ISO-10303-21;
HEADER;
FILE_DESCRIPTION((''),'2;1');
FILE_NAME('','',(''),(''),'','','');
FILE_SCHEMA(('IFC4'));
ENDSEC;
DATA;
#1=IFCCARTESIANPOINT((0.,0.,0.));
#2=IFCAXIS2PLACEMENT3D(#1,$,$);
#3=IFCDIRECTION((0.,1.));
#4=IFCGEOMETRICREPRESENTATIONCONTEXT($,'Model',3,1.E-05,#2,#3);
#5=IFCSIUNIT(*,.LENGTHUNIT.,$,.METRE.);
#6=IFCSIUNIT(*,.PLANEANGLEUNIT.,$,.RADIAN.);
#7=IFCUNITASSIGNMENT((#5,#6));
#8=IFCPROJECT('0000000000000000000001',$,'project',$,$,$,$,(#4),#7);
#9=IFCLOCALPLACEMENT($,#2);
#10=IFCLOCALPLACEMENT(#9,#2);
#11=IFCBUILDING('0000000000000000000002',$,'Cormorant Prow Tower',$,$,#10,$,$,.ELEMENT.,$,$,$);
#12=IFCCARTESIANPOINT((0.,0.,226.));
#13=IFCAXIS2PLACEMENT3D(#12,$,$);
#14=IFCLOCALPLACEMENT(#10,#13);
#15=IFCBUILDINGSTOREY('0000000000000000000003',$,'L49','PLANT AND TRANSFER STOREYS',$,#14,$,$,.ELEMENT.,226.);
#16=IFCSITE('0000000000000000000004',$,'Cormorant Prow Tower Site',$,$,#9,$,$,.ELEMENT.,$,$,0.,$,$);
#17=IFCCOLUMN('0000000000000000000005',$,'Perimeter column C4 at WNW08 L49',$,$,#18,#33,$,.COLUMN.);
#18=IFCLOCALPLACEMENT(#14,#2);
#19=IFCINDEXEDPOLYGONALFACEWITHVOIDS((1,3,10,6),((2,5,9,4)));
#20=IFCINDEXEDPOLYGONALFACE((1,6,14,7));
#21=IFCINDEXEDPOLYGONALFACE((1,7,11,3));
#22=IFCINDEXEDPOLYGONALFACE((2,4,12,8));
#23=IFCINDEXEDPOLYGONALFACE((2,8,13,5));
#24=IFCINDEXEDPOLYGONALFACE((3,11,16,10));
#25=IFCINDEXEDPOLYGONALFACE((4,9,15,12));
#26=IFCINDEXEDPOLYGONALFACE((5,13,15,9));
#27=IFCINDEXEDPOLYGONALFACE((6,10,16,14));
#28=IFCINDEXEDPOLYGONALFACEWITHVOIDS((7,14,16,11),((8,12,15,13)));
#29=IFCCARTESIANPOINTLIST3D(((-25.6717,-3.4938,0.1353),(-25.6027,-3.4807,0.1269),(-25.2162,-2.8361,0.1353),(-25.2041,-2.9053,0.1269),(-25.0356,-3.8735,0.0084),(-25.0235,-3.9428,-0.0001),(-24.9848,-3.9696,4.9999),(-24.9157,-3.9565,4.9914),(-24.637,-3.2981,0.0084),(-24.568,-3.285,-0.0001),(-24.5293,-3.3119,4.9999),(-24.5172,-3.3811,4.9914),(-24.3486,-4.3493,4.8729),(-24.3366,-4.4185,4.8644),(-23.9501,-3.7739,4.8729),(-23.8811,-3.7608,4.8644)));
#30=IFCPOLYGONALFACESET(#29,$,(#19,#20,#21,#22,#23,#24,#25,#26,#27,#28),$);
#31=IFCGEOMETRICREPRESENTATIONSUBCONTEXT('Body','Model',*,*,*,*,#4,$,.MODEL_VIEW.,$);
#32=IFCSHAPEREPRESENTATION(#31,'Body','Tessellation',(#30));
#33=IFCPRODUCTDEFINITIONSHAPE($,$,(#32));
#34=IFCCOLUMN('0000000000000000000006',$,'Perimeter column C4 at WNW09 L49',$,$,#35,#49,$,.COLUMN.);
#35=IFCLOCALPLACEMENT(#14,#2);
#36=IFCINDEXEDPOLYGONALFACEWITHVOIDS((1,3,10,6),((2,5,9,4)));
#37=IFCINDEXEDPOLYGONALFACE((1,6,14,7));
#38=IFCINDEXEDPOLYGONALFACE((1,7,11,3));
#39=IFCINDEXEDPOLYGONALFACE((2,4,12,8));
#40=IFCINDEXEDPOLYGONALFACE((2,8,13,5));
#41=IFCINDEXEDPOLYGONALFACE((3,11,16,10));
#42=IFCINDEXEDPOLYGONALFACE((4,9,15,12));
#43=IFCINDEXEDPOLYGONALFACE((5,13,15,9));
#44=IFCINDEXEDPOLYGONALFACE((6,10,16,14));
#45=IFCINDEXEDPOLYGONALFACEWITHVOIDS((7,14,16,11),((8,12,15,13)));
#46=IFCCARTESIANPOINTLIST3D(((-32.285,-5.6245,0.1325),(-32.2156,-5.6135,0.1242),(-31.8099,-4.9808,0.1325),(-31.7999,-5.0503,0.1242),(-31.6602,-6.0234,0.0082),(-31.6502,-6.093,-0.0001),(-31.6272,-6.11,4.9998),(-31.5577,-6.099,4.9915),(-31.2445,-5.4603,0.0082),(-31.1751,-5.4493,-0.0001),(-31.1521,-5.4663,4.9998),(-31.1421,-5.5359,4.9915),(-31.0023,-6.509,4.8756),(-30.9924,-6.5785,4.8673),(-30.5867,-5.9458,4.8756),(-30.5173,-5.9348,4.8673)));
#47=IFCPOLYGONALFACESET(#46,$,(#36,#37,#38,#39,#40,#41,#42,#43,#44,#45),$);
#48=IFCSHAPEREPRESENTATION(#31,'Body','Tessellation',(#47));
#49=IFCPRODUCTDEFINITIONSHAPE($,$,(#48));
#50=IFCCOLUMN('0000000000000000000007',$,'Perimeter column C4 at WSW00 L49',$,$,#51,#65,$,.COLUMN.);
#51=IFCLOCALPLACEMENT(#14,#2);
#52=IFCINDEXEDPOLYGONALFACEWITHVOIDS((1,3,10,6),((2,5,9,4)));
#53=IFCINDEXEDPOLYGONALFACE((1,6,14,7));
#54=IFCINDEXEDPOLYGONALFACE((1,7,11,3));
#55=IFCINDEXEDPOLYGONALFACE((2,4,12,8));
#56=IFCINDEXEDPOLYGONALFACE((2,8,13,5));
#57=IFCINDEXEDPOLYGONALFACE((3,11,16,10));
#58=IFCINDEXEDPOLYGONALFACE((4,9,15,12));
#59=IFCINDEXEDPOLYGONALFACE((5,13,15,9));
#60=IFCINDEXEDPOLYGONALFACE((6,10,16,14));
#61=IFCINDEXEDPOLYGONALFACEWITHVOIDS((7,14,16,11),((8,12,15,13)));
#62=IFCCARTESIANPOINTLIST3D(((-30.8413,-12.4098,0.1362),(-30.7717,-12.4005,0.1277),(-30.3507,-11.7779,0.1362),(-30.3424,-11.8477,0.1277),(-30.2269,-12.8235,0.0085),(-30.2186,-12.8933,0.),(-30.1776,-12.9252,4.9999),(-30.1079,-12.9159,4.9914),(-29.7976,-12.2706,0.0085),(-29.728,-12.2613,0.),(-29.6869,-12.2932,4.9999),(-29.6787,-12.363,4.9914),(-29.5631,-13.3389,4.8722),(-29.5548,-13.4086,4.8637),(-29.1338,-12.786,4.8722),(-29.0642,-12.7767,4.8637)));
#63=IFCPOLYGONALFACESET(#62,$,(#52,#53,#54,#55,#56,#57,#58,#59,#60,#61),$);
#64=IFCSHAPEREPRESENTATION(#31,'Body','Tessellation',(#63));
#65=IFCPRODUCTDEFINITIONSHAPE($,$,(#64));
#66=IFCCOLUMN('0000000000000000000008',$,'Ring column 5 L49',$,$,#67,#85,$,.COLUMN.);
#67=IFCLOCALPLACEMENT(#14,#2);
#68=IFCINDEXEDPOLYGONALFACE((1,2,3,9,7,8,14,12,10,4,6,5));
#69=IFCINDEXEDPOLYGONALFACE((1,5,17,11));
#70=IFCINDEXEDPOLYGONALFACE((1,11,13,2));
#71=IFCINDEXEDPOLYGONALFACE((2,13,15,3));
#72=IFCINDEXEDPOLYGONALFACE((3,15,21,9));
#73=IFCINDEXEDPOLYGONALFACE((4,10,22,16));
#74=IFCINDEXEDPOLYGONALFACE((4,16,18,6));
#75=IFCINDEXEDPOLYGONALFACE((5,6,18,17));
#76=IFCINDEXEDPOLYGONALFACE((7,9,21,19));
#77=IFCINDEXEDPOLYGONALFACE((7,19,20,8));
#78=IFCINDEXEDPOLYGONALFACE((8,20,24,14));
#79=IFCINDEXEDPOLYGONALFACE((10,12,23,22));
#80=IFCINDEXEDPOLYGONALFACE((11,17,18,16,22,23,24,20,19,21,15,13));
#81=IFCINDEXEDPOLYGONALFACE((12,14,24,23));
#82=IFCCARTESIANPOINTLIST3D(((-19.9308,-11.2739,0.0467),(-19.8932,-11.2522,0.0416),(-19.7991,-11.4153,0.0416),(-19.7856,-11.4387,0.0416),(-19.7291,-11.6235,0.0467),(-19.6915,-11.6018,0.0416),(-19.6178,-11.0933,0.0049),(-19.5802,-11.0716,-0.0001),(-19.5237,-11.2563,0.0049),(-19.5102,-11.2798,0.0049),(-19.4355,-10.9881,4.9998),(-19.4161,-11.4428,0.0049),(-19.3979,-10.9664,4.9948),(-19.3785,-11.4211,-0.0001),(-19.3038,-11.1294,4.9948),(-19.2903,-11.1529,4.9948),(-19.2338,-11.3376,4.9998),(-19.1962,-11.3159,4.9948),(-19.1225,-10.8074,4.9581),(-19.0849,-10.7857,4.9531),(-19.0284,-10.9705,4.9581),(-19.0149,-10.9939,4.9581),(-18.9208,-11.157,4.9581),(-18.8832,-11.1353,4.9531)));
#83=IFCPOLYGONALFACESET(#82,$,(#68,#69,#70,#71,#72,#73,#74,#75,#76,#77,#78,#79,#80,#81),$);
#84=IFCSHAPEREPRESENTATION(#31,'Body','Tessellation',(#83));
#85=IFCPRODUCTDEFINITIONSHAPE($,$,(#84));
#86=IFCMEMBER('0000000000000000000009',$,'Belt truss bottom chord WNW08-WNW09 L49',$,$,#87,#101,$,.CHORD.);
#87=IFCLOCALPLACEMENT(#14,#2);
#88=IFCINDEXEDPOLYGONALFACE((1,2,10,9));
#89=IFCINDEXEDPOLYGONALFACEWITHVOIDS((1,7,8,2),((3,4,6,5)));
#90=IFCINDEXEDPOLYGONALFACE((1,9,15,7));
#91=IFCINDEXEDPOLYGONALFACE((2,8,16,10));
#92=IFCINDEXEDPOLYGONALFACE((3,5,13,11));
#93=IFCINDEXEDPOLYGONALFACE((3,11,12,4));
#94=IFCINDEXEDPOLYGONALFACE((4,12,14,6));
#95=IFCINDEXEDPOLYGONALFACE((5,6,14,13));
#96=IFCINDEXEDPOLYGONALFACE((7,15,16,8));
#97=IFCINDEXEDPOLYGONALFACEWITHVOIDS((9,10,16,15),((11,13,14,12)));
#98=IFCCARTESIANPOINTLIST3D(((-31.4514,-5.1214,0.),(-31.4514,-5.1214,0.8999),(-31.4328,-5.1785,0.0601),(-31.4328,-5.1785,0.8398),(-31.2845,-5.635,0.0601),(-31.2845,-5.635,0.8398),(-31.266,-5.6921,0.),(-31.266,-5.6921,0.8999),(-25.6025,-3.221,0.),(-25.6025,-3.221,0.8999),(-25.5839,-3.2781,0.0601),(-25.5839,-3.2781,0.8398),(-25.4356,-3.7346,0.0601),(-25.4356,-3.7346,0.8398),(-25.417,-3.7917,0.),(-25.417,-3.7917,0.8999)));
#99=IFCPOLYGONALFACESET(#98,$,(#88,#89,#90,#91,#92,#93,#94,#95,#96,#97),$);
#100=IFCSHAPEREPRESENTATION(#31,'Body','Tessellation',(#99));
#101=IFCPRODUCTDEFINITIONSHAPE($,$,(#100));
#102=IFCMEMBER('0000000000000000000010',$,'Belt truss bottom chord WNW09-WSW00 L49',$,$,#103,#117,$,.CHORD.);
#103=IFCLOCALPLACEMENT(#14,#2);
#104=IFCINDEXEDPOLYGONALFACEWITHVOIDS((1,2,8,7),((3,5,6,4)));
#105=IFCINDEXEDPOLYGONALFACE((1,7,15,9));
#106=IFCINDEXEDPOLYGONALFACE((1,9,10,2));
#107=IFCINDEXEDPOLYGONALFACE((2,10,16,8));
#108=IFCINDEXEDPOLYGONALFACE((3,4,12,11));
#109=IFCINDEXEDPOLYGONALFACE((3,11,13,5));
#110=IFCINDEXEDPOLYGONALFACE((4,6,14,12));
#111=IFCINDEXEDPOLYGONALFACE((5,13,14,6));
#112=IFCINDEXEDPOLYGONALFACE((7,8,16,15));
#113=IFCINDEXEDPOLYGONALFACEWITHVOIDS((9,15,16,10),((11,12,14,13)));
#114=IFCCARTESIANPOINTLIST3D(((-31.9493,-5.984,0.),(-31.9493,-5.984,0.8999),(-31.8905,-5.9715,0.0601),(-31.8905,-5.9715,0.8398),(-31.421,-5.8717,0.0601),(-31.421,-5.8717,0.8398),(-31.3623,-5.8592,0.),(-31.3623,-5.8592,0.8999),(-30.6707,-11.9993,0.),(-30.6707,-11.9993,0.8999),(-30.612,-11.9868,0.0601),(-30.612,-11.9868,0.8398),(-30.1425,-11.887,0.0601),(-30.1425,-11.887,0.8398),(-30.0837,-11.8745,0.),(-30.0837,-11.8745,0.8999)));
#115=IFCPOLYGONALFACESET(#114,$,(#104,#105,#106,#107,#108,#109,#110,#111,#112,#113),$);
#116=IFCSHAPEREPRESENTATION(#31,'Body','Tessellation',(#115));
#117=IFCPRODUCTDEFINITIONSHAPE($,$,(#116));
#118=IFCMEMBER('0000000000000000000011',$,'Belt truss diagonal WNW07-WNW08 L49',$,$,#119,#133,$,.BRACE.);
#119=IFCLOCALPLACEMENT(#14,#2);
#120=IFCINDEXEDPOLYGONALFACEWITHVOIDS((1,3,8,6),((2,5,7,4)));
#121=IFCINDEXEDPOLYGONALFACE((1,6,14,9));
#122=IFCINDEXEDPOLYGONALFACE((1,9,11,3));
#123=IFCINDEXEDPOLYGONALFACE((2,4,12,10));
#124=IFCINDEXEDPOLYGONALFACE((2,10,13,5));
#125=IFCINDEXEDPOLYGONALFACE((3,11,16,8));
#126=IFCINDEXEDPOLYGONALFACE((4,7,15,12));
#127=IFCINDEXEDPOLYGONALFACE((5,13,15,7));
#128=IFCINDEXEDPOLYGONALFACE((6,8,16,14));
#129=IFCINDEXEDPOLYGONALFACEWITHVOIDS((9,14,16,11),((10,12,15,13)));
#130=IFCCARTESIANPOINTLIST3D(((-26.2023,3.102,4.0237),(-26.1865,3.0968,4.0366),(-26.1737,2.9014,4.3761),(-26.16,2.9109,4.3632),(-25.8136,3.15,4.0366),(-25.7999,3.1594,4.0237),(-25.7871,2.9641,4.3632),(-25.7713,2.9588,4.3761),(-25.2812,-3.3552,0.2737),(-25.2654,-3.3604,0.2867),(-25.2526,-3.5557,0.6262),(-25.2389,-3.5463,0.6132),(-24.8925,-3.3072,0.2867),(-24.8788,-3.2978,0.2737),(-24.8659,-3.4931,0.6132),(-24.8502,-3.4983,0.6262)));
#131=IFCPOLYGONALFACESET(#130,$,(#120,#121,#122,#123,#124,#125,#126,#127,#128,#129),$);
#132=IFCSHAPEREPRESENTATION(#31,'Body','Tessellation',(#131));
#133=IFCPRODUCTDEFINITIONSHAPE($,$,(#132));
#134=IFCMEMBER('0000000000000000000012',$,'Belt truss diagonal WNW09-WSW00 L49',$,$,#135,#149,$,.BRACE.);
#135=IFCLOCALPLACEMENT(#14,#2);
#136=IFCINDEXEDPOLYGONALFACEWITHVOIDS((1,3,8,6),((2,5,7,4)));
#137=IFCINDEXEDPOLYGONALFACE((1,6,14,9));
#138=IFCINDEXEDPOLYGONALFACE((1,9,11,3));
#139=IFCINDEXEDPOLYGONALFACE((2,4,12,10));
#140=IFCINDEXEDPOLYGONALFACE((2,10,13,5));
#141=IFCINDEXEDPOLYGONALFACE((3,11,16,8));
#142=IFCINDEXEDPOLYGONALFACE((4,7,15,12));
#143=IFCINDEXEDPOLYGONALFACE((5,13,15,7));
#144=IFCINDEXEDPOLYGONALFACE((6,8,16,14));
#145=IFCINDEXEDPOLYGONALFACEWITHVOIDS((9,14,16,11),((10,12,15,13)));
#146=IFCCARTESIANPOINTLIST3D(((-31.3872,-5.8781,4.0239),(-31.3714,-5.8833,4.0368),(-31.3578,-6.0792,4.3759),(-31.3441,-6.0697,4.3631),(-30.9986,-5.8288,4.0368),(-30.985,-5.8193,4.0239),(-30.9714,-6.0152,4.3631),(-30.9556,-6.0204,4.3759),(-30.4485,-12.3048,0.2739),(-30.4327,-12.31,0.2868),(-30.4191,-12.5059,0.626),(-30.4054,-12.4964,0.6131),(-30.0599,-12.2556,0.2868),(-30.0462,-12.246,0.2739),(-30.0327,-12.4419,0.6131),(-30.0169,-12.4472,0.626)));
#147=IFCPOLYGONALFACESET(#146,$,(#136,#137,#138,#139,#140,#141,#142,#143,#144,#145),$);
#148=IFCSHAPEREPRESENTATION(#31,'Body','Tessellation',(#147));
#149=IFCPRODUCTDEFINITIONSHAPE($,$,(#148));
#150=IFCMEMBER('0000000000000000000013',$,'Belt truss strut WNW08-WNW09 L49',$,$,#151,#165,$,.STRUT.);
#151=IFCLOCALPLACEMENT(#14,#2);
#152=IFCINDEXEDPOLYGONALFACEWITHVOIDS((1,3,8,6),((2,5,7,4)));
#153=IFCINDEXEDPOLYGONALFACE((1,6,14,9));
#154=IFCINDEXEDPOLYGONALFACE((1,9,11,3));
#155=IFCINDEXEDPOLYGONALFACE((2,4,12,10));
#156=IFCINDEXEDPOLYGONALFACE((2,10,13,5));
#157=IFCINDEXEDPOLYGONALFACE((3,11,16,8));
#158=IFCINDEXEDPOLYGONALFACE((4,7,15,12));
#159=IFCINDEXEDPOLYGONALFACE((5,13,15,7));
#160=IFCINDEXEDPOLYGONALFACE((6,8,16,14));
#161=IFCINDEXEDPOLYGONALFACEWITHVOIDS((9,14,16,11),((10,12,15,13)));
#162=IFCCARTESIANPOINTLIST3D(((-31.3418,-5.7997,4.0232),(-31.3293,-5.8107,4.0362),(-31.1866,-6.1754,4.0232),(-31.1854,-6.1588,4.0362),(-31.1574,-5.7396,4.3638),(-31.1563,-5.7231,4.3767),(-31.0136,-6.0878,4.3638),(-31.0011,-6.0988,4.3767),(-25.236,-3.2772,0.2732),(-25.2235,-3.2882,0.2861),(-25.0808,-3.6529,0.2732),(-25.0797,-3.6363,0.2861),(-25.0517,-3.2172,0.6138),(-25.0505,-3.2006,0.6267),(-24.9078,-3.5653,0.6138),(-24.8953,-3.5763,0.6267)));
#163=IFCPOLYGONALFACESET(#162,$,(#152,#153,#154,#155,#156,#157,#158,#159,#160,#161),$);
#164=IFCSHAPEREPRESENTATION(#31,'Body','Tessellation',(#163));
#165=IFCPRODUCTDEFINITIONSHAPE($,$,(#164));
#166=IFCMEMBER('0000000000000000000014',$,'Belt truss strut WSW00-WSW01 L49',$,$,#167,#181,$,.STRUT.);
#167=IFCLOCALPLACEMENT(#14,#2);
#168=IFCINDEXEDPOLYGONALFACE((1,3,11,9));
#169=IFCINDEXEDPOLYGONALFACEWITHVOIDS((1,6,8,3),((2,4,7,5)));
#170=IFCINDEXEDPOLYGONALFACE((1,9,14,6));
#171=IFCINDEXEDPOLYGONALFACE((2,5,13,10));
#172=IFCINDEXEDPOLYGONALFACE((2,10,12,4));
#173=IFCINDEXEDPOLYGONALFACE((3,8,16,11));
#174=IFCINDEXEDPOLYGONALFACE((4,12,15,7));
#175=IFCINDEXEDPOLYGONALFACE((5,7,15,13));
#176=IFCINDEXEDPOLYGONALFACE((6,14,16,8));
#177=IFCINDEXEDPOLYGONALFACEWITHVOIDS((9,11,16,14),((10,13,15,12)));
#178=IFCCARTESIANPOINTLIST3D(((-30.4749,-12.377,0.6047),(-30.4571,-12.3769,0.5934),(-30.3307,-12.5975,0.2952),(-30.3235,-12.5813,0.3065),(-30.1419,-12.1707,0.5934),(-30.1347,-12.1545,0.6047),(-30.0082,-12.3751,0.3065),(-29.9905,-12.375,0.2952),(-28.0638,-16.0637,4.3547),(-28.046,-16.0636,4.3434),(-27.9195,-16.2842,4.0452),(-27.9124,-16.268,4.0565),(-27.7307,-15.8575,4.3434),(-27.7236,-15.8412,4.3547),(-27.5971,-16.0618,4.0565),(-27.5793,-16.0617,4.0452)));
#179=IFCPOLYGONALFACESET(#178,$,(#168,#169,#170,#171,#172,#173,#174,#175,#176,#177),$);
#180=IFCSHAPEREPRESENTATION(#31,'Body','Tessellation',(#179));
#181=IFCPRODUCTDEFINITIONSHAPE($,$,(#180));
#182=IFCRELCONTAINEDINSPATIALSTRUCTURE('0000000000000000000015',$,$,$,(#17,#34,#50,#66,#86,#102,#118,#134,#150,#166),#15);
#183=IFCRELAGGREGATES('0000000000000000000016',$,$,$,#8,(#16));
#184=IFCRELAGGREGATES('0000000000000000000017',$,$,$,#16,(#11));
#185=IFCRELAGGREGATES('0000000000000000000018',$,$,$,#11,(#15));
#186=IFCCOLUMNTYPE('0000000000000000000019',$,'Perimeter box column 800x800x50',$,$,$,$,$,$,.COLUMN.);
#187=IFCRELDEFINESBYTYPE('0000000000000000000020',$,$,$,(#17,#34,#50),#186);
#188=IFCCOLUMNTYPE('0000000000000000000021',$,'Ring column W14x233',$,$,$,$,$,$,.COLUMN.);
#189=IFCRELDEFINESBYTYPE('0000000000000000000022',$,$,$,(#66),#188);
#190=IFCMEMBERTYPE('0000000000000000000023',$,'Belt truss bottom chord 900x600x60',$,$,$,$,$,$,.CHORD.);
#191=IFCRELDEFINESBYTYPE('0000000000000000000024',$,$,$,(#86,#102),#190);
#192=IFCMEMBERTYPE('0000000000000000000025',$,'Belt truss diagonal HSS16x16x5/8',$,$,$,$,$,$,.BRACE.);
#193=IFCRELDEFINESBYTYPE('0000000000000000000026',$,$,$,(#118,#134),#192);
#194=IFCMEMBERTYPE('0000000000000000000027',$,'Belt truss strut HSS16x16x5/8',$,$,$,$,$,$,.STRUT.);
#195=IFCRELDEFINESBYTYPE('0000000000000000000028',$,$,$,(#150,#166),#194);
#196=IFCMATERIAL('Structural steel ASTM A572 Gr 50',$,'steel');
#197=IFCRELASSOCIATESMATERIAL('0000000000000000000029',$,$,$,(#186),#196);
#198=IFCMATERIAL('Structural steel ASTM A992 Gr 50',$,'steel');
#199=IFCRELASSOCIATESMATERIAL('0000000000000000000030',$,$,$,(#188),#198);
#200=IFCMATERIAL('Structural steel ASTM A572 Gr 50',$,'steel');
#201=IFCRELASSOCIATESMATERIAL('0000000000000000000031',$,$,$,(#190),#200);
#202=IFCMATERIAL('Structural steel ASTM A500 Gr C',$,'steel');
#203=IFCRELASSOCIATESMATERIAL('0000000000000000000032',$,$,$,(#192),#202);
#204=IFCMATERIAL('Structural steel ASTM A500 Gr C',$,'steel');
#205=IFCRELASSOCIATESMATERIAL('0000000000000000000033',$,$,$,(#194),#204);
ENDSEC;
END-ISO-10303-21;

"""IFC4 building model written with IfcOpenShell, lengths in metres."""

from ifc_helpers import new_model, si_unit, direction, frame, origin, origin_2d, place, context, subcontext, project, spatial, hollow_rectangle, i_section, extrude, material, material_profile, profile_set, type_object, element, save


model = new_model("IFC4")

# Units and contexts
model_context = context("Model", 3, precision=1e-05, world=origin(), true_north=direction((0.0, 1.0)))
body_context = subcontext(model_context, "Body", "Model", "MODEL_VIEW")
ifc_project = project(units=[si_unit("LENGTHUNIT", "METRE"), si_unit("PLANEANGLEUNIT", "RADIAN")], contexts=[model_context])

# Site, building, storey
site_placement = place(None, origin())
site = spatial("IfcSite", under=ifc_project, at=site_placement, Name="Cormorant Prow Tower Site", CompositionType="ELEMENT", RefElevation=0.0)
building_placement = place(site_placement, origin())
building = spatial("IfcBuilding", under=site, at=building_placement, Name="Cormorant Prow Tower", CompositionType="ELEMENT")
storey_placement = place(building_placement, frame((0.0, 0.0, 226.0)))
storey = spatial("IfcBuildingStorey", under=building, at=storey_placement, Name="L49", Description="PLANT AND TRANSFER STOREYS", CompositionType="ELEMENT", Elevation=226.0)

# Columns
ifc_material_1 = material(Name="Structural steel ASTM A572 Gr 50", Category="steel")
ifc_material_profile_1 = material_profile(ifc_material_1, hollow_rectangle(XDim=0.8, YDim=0.8, WallThickness=0.05, at=origin_2d()), Name="Box 800x800x50")
ifc_profile_set_1 = profile_set([ifc_material_profile_1], Name="Structural steel ASTM A572 Gr 50")
column_type_1 = type_object("IfcColumnType", Name="Perimeter box column 800x800x50", PredefinedType="COLUMN", material=ifc_profile_set_1)
column_1_placement = place(storey_placement, frame((-25.1294, -3.3828, 0.0), z_axis=(0.139173, -0.096391, 0.985566), x_axis=(0.569373, 0.82208, 0.0)))
element("IfcColumn", 1, at=column_1_placement, inside=storey, type_object=column_type_1, Name="Perimeter column C4 at WNW08 L49", PredefinedType="COLUMN", context=body_context, shape_type="SweptSolid", body=[
    extrude(hollow_rectangle(XDim=0.8, YDim=0.8, WallThickness=0.05, at=origin_2d()), frame((0.0, 0.0, 0.0686)), (0.0, 0.0, 1.0), 4.9358),
])
column_2_placement = place(storey_placement, frame((-31.739, -5.5303, 0.0), z_axis=(0.133289, -0.098377, 0.986183), x_axis=(0.593843, 0.804581, 0.0)))
element("IfcColumn", 2, at=column_2_placement, inside=storey, type_object=column_type_1, Name="Perimeter column C4 at WNW09 L49", PredefinedType="COLUMN", context=body_context, shape_type="SweptSolid", body=[
    extrude(hollow_rectangle(XDim=0.8, YDim=0.8, WallThickness=0.05, at=origin_2d()), frame((0.0, 0.0, 0.0671)), (0.0, 0.0, 1.0), 4.9355),
])
column_3_placement = place(storey_placement, frame((-30.2939, -12.3284, 0.0), z_axis=(0.134482, -0.10441, 0.9854), x_axis=(0.613256, 0.789885, 0.0)))
element("IfcColumn", 3, at=column_3_placement, inside=storey, type_object=column_type_1, Name="Perimeter column C4 at WSW00 L49", PredefinedType="COLUMN", context=body_context, shape_type="SweptSolid", body=[
    extrude(hollow_rectangle(XDim=0.8, YDim=0.8, WallThickness=0.05, at=origin_2d()), frame((0.0, 0.0, 0.0691)), (0.0, 0.0, 1.0), 4.9358),
])
ifc_material_2 = material(Name="Structural steel ASTM A992 Gr 50", Category="steel")
ifc_material_profile_2 = material_profile(ifc_material_2, i_section(OverallWidth=0.4036, OverallDepth=0.4075, WebThickness=0.0271, FlangeThickness=0.0437, at=origin_2d()), Name="W14x233")
ifc_profile_set_2 = profile_set([ifc_material_profile_2], Name="Structural steel ASTM A992 Gr 50")
column_type_2 = type_object("IfcColumnType", Name="Ring column W14x233", PredefinedType="COLUMN", material=ifc_profile_set_2)
column_4_placement = place(storey_placement, frame((-19.657, -11.3489, 0.0), z_axis=(0.09934, 0.057334, 0.9934), x_axis=(-0.499869, 0.866101, 0.0)))
element("IfcColumn", 4, at=column_4_placement, inside=storey, type_object=column_type_2, Name="Ring column 5 L49", PredefinedType="COLUMN", context=body_context, shape_type="SweptSolid", body=[
    extrude(i_section(OverallWidth=0.4036, OverallDepth=0.4075, WebThickness=0.0271, FlangeThickness=0.0437, at=origin_2d()), frame((0.0, 0.0, 0.0234)), (0.0, 0.0, 1.0), 4.9861),
])

# Members
ifc_material_3 = material(Name="Structural steel ASTM A572 Gr 50", Category="steel")
ifc_material_profile_3 = material_profile(ifc_material_3, hollow_rectangle(XDim=0.6001, YDim=0.8999, WallThickness=0.0601, at=origin_2d()), Name="Box 900x600x60")
ifc_profile_set_3 = profile_set([ifc_material_profile_3], Name="Structural steel ASTM A572 Gr 50")
member_type_1 = type_object("IfcMemberType", Name="Belt truss bottom chord 900x600x60", PredefinedType="CHORD", material=ifc_profile_set_3)
member_1_placement = place(storey_placement, frame((-25.5098, -3.5063, 0.45), z_axis=(-0.951058, -0.309013, 0.0), x_axis=(0.309013, -0.951058, 0.0)))
element("IfcMember", 5, at=member_1_placement, inside=storey, type_object=member_type_1, Name="Belt truss bottom chord WNW08-WNW09 L49", PredefinedType="CHORD", context=body_context, shape_type="SweptSolid", body=[
    extrude(hollow_rectangle(XDim=0.6001, YDim=0.8999, WallThickness=0.0601, at=origin_2d()), origin(), (0.0, 0.0, 1.0), 6.1499),
])
member_2_placement = place(storey_placement, frame((-31.6558, -5.9216, 0.45), z_axis=(0.207905, -0.978149, 0.0), x_axis=(0.978149, 0.207905, 0.0)))
element("IfcMember", 6, at=member_2_placement, inside=storey, type_object=member_type_1, Name="Belt truss bottom chord WNW09-WSW00 L49", PredefinedType="CHORD", context=body_context, shape_type="SweptSolid", body=[
    extrude(hollow_rectangle(XDim=0.6001, YDim=0.8999, WallThickness=0.0601, at=origin_2d()), origin(), (0.0, 0.0, 1.0), 6.1497),
])
ifc_material_4 = material(Name="Structural steel ASTM A500 Gr C", Category="steel")
ifc_material_profile_4 = material_profile(ifc_material_4, hollow_rectangle(XDim=0.4065, YDim=0.4065, WallThickness=0.0149, at=origin_2d()), Name="HSS16x16x5/8")
ifc_profile_set_4 = profile_set([ifc_material_profile_4], Name="Structural steel ASTM A500 Gr C")
member_type_2 = type_object("IfcMemberType", Name="Belt truss diagonal HSS16x16x5/8", PredefinedType="BRACE", material=ifc_profile_set_4)
member_3_placement = place(storey_placement, frame((-25.0657, -3.4268, 0.45), z_axis=(-0.122431, 0.858248, 0.498419), x_axis=(-0.989978, -0.141222, 0.0)))
element("IfcMember", 7, at=member_3_placement, inside=storey, type_object=member_type_2, Name="Belt truss diagonal WNW07-WNW08 L49", PredefinedType="BRACE", context=body_context, shape_type="SweptSolid", body=[
    extrude(hollow_rectangle(XDim=0.4065, YDim=0.4065, WallThickness=0.0149, at=origin_2d()), origin(), (0.0, 0.0, 1.0), 7.5237),
])
member_4_placement = place(storey_placement, frame((-30.2327, -12.376, 0.45), z_axis=(-0.125166, 0.856925, 0.500014), x_axis=(-0.9895, -0.144531, 0.0)))
element("IfcMember", 8, at=member_4_placement, inside=storey, type_object=member_type_2, Name="Belt truss diagonal WNW09-WSW00 L49", PredefinedType="BRACE", context=body_context, shape_type="SweptSolid", body=[
    extrude(hollow_rectangle(XDim=0.4065, YDim=0.4065, WallThickness=0.0149, at=origin_2d()), origin(), (0.0, 0.0, 1.0), 7.4998),
])
ifc_material_5 = material(Name="Structural steel ASTM A500 Gr C", Category="steel")
ifc_material_profile_5 = material_profile(ifc_material_5, hollow_rectangle(XDim=0.4065, YDim=0.4065, WallThickness=0.0149, at=origin_2d()), Name="HSS16x16x5/8")
ifc_profile_set_5 = profile_set([ifc_material_profile_5], Name="Structural steel ASTM A500 Gr C")
member_type_3 = type_object("IfcMemberType", Name="Belt truss strut HSS16x16x5/8", PredefinedType="STRUT", material=ifc_profile_set_5)
member_5_placement = place(storey_placement, frame((-25.0657, -3.4268, 0.45), z_axis=(-0.803766, -0.332061, 0.493656), x_axis=(0.381829, -0.924233, 0.0)))
element("IfcMember", 9, at=member_5_placement, inside=storey, type_object=member_type_3, Name="Belt truss strut WNW08-WNW09 L49", PredefinedType="STRUT", context=body_context, shape_type="SweptSolid", body=[
    extrude(hollow_rectangle(XDim=0.4065, YDim=0.4065, WallThickness=0.0149, at=origin_2d()), origin(), (0.0, 0.0, 1.0), 7.5964),
])
member_6_placement = place(storey_placement, frame((-30.2327, -12.376, 0.45), z_axis=(0.416777, -0.637278, 0.648208), x_axis=(0.836912, 0.547337, 0.0)))
element("IfcMember", 10, at=member_6_placement, inside=storey, type_object=member_type_3, Name="Belt truss strut WSW00-WSW01 L49", PredefinedType="STRUT", context=body_context, shape_type="SweptSolid", body=[
    extrude(hollow_rectangle(XDim=0.4065, YDim=0.4065, WallThickness=0.0149, at=origin_2d()), origin(), (0.0, 0.0, 1.0), 5.7852),
])

save(model, "model.ifc")
